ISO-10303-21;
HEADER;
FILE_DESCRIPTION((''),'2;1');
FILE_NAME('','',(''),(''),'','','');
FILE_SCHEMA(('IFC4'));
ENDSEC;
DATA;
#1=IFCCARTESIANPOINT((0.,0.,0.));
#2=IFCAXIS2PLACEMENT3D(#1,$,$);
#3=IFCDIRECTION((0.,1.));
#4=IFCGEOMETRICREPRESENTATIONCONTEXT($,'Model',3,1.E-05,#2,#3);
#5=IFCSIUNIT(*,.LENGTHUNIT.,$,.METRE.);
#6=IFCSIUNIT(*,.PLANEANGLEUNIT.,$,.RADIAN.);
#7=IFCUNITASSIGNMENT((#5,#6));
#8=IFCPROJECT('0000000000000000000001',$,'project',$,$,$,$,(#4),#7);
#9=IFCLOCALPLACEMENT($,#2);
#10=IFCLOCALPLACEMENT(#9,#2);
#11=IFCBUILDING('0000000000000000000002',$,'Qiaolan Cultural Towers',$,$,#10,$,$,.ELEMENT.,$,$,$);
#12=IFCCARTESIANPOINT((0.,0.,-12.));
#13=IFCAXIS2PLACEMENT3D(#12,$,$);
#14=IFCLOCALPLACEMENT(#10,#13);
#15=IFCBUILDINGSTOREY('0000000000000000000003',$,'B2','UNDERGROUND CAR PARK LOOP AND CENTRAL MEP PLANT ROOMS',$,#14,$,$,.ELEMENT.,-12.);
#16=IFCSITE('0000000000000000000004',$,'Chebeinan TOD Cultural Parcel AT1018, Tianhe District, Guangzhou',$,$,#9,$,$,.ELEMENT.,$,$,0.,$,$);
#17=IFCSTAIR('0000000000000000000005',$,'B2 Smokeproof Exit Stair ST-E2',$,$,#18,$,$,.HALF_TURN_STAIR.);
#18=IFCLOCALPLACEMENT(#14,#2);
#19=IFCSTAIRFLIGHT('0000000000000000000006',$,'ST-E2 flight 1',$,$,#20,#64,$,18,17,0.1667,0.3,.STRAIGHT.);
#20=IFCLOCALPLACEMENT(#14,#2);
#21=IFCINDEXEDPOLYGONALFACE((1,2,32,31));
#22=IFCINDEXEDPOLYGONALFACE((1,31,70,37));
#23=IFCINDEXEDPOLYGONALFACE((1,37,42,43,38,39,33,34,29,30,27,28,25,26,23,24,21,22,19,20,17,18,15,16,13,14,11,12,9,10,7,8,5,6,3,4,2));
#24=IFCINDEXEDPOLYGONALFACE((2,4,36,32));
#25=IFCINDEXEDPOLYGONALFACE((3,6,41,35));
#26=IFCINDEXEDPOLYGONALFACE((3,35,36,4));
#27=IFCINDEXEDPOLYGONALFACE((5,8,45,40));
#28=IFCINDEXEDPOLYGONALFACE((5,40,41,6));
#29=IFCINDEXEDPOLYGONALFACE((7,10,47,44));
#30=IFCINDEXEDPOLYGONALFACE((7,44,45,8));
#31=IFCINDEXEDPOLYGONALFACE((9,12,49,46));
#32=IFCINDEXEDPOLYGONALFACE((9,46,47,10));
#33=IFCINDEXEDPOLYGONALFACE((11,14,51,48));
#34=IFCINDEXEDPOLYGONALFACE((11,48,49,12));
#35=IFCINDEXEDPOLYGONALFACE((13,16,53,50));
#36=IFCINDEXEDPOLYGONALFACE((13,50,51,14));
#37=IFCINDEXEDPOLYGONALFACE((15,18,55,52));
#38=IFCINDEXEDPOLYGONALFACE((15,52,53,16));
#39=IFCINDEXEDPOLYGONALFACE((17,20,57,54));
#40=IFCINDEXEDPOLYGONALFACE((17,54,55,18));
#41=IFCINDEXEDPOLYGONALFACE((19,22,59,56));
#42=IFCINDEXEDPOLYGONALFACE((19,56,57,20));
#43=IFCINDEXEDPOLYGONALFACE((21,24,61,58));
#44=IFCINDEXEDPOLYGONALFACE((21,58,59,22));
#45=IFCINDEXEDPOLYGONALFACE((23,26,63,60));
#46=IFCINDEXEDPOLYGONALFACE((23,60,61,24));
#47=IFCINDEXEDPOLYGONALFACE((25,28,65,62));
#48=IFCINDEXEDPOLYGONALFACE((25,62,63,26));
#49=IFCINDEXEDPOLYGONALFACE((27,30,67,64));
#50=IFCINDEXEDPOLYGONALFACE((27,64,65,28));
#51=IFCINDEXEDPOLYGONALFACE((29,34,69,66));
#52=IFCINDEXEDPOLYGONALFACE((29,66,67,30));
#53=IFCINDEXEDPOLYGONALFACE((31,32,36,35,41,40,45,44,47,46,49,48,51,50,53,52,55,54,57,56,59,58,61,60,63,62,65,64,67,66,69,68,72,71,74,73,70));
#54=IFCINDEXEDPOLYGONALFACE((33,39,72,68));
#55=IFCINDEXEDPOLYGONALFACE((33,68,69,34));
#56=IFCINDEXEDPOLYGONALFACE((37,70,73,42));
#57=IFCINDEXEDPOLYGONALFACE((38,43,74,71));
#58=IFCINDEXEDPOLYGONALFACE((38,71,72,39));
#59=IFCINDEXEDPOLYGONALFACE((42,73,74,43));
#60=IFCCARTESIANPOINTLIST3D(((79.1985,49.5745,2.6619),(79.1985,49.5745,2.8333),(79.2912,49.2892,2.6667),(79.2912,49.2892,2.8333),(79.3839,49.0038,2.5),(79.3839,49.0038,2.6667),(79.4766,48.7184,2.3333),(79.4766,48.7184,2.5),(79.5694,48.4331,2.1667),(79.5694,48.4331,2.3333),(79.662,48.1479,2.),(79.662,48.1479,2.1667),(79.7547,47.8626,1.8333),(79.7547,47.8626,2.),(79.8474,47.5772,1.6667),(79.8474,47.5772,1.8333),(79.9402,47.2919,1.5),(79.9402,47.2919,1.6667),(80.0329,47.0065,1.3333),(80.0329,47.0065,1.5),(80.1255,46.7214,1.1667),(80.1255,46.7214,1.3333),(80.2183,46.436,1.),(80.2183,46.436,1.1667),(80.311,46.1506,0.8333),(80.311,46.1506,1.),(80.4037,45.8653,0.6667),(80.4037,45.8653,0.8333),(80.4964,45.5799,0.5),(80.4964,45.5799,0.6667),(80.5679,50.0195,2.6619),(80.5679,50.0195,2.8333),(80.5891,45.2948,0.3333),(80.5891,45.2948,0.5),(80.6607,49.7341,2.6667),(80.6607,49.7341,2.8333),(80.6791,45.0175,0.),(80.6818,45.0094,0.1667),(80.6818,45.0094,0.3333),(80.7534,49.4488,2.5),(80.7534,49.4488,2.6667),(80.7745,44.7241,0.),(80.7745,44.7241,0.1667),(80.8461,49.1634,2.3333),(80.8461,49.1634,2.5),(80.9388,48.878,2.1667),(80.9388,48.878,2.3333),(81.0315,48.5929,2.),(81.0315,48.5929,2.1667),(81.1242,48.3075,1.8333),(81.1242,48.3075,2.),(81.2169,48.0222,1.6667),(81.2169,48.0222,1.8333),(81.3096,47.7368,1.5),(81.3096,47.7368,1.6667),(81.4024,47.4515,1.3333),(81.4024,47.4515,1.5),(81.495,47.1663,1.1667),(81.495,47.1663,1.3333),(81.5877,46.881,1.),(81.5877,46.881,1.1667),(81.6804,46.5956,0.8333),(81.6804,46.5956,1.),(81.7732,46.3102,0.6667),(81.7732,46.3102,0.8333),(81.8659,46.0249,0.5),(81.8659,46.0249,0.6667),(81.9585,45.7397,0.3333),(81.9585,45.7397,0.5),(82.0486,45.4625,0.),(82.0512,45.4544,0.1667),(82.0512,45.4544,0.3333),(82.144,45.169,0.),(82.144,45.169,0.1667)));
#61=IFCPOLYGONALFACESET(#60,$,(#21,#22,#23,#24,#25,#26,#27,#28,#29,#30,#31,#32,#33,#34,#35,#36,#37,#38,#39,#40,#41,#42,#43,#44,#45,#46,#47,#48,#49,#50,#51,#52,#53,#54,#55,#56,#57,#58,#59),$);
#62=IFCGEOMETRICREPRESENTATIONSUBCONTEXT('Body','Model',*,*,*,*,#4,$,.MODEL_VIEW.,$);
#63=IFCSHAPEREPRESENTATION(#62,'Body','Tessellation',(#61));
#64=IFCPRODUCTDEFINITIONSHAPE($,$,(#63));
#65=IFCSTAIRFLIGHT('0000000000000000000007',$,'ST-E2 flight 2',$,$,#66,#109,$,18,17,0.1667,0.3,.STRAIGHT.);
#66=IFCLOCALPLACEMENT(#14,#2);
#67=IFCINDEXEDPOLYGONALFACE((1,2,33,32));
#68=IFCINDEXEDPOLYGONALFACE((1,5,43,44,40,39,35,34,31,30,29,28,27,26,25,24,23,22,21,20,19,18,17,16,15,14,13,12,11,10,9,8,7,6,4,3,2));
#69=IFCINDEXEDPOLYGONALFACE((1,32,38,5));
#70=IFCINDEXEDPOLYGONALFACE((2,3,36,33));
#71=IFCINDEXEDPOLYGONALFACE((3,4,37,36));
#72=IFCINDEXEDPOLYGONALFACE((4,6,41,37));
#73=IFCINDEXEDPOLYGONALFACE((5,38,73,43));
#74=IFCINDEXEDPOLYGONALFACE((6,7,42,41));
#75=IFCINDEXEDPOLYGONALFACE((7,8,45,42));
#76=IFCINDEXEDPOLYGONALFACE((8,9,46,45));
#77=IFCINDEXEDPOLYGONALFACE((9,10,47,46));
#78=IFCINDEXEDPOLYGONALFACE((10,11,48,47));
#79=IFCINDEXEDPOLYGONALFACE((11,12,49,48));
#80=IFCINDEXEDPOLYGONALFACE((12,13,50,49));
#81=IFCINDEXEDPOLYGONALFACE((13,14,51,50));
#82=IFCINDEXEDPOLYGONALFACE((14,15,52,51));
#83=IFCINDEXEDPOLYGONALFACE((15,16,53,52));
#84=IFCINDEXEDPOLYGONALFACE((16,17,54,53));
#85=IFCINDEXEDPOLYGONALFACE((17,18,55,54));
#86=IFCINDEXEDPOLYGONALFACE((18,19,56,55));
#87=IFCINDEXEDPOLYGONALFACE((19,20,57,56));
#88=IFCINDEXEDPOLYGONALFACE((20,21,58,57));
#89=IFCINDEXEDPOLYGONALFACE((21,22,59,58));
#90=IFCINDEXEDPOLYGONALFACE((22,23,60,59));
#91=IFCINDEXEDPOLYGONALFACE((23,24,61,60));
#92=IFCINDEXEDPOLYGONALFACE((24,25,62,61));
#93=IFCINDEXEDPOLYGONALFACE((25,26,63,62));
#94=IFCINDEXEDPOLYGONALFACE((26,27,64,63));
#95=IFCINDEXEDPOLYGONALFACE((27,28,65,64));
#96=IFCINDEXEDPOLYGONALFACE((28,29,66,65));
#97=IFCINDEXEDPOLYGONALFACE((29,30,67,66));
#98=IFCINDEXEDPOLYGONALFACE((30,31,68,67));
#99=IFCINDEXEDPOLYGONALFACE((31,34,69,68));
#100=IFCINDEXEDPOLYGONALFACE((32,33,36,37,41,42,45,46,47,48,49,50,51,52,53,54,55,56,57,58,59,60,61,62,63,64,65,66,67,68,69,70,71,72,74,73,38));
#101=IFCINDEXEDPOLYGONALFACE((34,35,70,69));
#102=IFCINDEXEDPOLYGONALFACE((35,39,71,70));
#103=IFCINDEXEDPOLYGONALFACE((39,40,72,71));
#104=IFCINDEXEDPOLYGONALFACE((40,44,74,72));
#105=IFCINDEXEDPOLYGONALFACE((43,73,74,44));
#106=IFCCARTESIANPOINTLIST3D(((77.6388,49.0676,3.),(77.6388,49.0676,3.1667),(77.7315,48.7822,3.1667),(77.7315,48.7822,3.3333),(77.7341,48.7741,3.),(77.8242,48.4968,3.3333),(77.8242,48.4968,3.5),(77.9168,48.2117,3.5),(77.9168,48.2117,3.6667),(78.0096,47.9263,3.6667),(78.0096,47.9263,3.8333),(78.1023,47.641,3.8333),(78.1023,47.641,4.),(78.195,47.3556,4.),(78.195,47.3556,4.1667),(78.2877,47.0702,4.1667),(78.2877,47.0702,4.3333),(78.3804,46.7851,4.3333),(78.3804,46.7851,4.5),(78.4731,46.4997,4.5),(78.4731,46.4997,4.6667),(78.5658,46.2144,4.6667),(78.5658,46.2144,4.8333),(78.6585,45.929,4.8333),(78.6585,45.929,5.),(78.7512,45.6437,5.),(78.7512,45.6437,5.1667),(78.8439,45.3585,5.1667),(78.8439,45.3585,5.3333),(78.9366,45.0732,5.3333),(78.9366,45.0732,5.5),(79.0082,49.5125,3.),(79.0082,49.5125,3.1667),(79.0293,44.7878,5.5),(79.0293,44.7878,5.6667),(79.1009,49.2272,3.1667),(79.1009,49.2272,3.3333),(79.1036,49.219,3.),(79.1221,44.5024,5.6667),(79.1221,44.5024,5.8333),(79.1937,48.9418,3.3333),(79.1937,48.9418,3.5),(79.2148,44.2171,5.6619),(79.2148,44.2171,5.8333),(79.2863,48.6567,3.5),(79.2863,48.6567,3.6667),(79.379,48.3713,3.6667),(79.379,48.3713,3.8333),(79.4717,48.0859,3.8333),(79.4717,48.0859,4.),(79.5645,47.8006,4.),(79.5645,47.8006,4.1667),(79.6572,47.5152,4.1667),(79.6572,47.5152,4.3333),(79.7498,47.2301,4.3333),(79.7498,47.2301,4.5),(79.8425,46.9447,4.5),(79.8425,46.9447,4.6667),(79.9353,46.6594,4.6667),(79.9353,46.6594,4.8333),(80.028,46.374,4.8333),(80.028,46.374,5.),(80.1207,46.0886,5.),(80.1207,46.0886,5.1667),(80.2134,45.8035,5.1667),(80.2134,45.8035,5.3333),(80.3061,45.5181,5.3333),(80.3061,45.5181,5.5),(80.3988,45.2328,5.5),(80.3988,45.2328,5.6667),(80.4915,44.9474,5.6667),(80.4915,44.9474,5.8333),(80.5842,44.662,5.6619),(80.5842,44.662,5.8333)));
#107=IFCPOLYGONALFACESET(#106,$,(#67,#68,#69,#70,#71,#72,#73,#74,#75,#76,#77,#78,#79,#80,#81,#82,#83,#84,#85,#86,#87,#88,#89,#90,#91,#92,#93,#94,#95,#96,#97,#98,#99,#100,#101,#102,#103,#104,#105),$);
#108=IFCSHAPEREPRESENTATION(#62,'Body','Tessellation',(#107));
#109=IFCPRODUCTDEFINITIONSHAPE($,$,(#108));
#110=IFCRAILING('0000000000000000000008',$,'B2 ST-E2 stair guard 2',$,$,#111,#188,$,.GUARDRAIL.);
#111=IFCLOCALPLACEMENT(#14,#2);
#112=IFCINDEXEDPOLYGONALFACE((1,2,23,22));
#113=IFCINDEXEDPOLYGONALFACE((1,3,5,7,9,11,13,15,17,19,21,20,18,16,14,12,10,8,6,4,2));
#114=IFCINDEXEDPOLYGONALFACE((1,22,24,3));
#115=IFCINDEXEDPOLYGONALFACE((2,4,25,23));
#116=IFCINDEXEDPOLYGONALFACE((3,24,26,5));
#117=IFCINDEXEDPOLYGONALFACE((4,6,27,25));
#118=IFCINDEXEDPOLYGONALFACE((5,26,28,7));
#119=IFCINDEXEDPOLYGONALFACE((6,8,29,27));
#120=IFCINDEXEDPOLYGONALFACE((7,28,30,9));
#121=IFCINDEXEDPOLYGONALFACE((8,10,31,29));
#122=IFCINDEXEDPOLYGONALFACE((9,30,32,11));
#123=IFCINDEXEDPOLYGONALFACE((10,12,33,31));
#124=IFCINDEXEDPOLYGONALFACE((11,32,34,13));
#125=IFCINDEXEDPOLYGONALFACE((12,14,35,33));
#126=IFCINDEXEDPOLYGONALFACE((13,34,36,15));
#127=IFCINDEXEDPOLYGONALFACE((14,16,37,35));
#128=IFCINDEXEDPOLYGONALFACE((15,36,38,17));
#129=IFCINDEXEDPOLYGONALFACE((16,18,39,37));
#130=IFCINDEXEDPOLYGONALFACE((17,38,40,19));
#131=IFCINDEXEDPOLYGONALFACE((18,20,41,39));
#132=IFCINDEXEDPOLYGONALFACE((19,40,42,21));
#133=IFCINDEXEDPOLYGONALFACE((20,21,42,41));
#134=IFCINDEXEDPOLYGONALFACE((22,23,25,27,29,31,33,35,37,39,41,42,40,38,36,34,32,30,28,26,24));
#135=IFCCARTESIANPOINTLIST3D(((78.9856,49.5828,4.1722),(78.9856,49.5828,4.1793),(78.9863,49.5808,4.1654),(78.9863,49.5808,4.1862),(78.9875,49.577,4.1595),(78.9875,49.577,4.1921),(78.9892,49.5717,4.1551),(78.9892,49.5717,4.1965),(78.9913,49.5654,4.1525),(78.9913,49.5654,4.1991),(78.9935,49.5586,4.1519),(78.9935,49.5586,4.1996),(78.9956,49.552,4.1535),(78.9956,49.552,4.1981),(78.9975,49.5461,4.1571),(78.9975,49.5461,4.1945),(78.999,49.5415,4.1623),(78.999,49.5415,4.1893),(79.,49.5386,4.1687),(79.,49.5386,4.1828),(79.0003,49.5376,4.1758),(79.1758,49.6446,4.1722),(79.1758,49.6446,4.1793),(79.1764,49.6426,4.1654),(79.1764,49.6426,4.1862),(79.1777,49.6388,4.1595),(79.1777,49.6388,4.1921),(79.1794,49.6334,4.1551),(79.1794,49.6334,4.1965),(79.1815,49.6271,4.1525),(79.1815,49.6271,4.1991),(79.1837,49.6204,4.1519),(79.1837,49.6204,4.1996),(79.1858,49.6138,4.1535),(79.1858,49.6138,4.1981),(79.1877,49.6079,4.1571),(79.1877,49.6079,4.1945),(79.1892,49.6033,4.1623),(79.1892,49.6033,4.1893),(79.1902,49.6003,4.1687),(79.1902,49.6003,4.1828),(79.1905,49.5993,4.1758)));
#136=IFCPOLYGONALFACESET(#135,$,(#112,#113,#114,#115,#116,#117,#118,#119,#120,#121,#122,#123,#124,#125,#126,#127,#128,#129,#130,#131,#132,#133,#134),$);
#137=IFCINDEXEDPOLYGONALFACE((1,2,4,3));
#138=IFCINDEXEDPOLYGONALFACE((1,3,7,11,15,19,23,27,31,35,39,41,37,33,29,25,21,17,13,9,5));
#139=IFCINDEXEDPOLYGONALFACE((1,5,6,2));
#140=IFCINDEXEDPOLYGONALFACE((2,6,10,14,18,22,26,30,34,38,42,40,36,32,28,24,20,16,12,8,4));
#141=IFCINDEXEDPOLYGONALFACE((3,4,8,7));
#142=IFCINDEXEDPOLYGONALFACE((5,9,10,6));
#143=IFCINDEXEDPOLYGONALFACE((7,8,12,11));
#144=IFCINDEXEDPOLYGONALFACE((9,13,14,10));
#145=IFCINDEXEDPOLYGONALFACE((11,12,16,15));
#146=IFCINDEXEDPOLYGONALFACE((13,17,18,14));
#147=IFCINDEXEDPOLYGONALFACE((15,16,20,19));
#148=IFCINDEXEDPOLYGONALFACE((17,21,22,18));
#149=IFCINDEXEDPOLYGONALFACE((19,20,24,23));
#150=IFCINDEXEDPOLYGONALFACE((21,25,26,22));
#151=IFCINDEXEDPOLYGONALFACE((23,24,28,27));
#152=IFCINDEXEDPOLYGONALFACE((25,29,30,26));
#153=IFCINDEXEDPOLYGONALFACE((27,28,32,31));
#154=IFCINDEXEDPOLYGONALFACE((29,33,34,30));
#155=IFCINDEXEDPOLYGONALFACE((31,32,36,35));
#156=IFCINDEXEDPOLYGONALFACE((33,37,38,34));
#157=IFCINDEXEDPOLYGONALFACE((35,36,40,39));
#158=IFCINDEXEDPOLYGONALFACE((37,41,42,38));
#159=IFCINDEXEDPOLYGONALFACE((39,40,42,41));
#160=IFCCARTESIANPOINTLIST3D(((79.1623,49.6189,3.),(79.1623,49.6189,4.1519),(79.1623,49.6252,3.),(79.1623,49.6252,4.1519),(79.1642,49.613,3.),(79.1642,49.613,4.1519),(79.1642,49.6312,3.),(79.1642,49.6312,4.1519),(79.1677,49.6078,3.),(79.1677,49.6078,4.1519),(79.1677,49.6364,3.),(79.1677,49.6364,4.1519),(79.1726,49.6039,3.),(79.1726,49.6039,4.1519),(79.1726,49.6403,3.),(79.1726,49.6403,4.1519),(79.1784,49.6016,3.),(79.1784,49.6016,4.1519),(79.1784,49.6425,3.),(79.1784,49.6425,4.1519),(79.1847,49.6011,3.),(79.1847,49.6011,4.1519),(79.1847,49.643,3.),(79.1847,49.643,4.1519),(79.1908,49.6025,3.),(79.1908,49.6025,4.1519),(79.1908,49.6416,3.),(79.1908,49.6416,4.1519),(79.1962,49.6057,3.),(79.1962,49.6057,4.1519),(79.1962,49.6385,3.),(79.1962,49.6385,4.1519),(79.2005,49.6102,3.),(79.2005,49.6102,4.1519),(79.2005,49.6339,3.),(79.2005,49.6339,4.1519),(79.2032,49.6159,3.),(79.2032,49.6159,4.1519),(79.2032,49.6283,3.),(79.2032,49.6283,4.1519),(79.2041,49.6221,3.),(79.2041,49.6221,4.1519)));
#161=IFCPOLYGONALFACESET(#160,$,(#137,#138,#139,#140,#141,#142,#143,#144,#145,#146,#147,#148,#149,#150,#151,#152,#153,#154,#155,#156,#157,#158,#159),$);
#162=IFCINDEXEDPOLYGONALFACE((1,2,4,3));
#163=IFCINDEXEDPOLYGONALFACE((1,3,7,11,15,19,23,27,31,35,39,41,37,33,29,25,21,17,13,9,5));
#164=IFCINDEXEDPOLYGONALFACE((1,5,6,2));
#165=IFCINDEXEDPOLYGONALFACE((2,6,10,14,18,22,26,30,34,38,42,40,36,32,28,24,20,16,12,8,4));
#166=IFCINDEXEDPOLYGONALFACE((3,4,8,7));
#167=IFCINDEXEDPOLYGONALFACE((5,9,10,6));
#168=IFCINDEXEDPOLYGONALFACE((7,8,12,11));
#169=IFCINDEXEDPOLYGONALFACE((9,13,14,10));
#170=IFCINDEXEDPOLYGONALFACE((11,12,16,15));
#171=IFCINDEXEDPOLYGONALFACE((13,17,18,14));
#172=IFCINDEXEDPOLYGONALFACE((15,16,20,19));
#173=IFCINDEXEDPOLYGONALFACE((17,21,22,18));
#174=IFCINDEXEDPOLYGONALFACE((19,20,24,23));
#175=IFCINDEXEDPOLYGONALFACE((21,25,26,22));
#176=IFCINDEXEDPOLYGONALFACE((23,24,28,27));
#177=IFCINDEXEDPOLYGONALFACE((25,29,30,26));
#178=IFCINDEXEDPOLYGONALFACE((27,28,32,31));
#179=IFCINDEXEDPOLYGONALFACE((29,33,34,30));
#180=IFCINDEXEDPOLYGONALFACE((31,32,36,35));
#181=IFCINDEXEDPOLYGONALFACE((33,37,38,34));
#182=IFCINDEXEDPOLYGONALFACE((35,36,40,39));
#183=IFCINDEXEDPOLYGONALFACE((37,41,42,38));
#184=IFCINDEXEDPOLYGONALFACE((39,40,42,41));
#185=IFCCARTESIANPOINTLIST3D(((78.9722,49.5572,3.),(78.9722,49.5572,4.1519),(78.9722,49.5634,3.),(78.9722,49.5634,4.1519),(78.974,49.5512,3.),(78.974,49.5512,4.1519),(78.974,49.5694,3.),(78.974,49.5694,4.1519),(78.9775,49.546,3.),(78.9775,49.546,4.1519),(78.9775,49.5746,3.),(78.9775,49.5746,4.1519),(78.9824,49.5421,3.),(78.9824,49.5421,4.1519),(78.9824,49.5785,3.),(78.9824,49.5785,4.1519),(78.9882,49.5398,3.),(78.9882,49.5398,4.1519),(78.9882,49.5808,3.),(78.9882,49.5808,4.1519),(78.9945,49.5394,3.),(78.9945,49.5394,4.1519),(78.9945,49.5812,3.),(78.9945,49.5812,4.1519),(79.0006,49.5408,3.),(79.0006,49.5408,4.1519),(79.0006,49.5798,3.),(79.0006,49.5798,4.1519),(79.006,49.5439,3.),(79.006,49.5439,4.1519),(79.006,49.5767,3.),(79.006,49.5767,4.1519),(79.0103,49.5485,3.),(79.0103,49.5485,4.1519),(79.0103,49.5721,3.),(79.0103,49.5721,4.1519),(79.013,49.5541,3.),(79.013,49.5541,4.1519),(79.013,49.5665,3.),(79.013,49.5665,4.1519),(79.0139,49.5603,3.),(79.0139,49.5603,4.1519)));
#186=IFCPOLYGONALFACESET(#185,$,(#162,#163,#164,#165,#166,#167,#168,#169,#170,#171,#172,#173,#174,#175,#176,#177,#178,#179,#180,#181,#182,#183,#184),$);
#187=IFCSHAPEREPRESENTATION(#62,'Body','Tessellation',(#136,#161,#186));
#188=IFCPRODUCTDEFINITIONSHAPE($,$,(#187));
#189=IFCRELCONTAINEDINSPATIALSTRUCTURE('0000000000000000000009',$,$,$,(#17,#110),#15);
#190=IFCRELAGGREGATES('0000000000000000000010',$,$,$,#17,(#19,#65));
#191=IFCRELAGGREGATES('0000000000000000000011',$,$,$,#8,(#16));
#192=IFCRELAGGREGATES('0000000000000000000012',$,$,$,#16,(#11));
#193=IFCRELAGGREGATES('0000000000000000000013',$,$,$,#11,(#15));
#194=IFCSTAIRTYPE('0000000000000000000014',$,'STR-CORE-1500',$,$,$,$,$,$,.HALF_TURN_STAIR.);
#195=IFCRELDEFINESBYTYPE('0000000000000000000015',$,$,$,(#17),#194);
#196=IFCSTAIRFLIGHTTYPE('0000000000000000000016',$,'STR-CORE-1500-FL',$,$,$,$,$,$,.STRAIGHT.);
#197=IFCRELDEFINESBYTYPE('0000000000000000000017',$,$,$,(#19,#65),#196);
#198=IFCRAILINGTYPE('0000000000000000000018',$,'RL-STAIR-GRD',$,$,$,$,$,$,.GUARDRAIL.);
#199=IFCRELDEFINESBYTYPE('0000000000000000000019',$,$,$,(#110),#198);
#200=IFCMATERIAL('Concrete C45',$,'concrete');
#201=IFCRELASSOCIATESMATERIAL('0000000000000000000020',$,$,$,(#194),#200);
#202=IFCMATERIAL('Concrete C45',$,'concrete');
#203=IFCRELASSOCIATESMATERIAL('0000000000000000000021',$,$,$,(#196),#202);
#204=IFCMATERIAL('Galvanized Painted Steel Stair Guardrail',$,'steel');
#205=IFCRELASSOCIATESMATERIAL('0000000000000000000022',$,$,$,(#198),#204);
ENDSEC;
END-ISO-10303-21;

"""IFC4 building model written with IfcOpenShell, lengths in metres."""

from ifc_helpers import new_model, si_unit, direction, frame, origin, origin_2d, place, context, subcontext, project, spatial, polyline, circle, outline, extrude, material, type_object, element, aggregate, save


model = new_model("IFC4")

# Units and contexts
model_context = context("Model", 3, precision=1e-05, world=origin(), true_north=direction((0.0, 1.0)))
body_context = subcontext(model_context, "Body", "Model", "MODEL_VIEW")
ifc_project = project(units=[si_unit("LENGTHUNIT", "METRE"), si_unit("PLANEANGLEUNIT", "RADIAN")], contexts=[model_context])

# Site, building, storey
site_placement = place(None, origin())
site = spatial("IfcSite", under=ifc_project, at=site_placement, Name="Chebeinan TOD Cultural Parcel AT1018, Tianhe District, Guangzhou", CompositionType="ELEMENT", RefElevation=0.0)
building_placement = place(site_placement, origin())
building = spatial("IfcBuilding", under=site, at=building_placement, Name="Qiaolan Cultural Towers", CompositionType="ELEMENT")
storey_placement = place(building_placement, frame((0.0, 0.0, -12.0)))
storey = spatial("IfcBuildingStorey", under=building, at=storey_placement, Name="B2", Description="UNDERGROUND CAR PARK LOOP AND CENTRAL MEP PLANT ROOMS", CompositionType="ELEMENT", Elevation=-12.0)

# Stair, stair flights
ifc_material_1 = material(Name="Concrete C45", Category="concrete")
stair_type = type_object("IfcStairType", Name="STR-CORE-1500", PredefinedType="HALF_TURN_STAIR", material=ifc_material_1)
stair_placement = place(storey_placement, origin())
stair = element("IfcStair", 1, at=stair_placement, inside=storey, type_object=stair_type, Name="B2 Smokeproof Exit Stair ST-E2", PredefinedType="HALF_TURN_STAIR")
ifc_material_2 = material(Name="Concrete C45", Category="concrete")
stair_flight_type = type_object("IfcStairFlightType", Name="STR-CORE-1500-FL", PredefinedType="STRAIGHT", material=ifc_material_2)
stair_flight_1_placement = place(storey_placement, frame((81.4592, 44.9465, 0.0), z_axis=(0.0, 0.0, 1.0), x_axis=(-0.309017, 0.951057, 0.0)))
stair_flight_1 = element("IfcStairFlight", 2, at=stair_flight_1_placement, type_object=stair_flight_type, Name="ST-E2 flight 1", NumberOfRisers=18, NumberOfTreads=17, PredefinedType="STRAIGHT", RiserHeight=0.1667, TreadLength=0.3, context=body_context, shape_type="SweptSolid", body=[
    extrude(outline(polyline([(0.0, 0.0), (0.0, 0.1667), (0.3, 0.1667), (0.3, 0.3333), (0.6001, 0.3333), (0.6001, 0.5), (0.8999, 0.5), (0.8999, 0.6667), (1.2, 0.6667), (1.2, 0.8333), (1.5, 0.8333), (1.5, 1.0), (1.8, 1.0), (1.8, 1.1667), (2.1001, 1.1667), (2.1001, 1.3333), (2.3999, 1.3333), (2.3999, 1.5), (2.7, 1.5), (2.7, 1.6667), (3.0, 1.6667), (3.0, 1.8333), (3.3, 1.8333), (3.3, 2.0), (3.6001, 2.0), (3.6001, 2.1667), (3.8999, 2.1667), (3.8999, 2.3333), (4.2, 2.3333), (4.2, 2.5), (4.5, 2.5), (4.5, 2.6667), (4.8, 2.6667), (4.8, 2.8333), (5.1001, 2.8333), (5.1001, 3.0), (5.1001, 2.6619), (0.3086, 0.0), (0.0, 0.0)])), frame((0.0, 0.72, 0.0), z_axis=(0.0, -1.0, 0.0), x_axis=(1.0, 0.0, 0.0)), (0.0, 0.0, 1.0), 1.4399),
])
stair_flight_2_placement = place(storey_placement, frame((78.3235, 49.29, 3.0), z_axis=(0.0, 0.0, 1.0), x_axis=(0.309017, -0.951057, 0.0)))
stair_flight_2 = element("IfcStairFlight", 3, at=stair_flight_2_placement, type_object=stair_flight_type, Name="ST-E2 flight 2", NumberOfRisers=18, NumberOfTreads=17, PredefinedType="STRAIGHT", RiserHeight=0.1667, TreadLength=0.3, context=body_context, shape_type="SweptSolid", body=[
    extrude(outline(polyline([(0.0, 0.0), (0.0, 0.1667), (0.3, 0.1667), (0.3, 0.3333), (0.6001, 0.3333), (0.6001, 0.5), (0.8999, 0.5), (0.8999, 0.6667), (1.2, 0.6667), (1.2, 0.8333), (1.5, 0.8333), (1.5, 1.0), (1.8, 1.0), (1.8, 1.1667), (2.1001, 1.1667), (2.1001, 1.3333), (2.3999, 1.3333), (2.3999, 1.5), (2.7, 1.5), (2.7, 1.6667), (3.0, 1.6667), (3.0, 1.8333), (3.3, 1.8333), (3.3, 2.0), (3.6001, 2.0), (3.6001, 2.1667), (3.8999, 2.1667), (3.8999, 2.3333), (4.2, 2.3333), (4.2, 2.5), (4.5, 2.5), (4.5, 2.6667), (4.8, 2.6667), (4.8, 2.8333), (5.1001, 2.8333), (5.1001, 3.0), (5.1001, 2.6619), (0.3086, 0.0), (0.0, 0.0)])), frame((0.0, 0.72, 0.0), z_axis=(0.0, -1.0, 0.0), x_axis=(1.0, 0.0, 0.0)), (0.0, 0.0, 1.0), 1.4399),
])
aggregate(stair, [stair_flight_1, stair_flight_2])

# Railing
ifc_material_3 = material(Name="Galvanized Painted Steel Stair Guardrail", Category="steel")
railing_type_1 = type_object("IfcRailingType", Name="RL-STAIR-GRD", PredefinedType="GUARDRAIL", material=ifc_material_3)
railing_1_placement = place(storey_placement, frame((79.1831, 49.6221, 3.0)))
element("IfcRailing", 4, at=railing_1_placement, inside=storey, type_object=railing_type_1, Name="B2 ST-E2 stair guard 2", PredefinedType="GUARDRAIL", context=body_context, shape_type="SweptSolid", body=[
    extrude(circle(Radius=0.0239, at=origin_2d()), frame((0.0, 0.0, 1.1758), z_axis=(-0.951097, -0.308893, 0.0), x_axis=(0.308893, -0.951097, 0.0)), (0.0, 0.0, 1.0), 0.2),
    extrude(circle(Radius=0.021, at=origin_2d()), origin(), (0.0, 0.0, 1.0), 1.1519),
    extrude(circle(Radius=0.021, at=origin_2d()), frame((-0.1902, -0.0618, 0.0)), (0.0, 0.0, 1.0), 1.1519),
])

save(model, "model.ifc")
